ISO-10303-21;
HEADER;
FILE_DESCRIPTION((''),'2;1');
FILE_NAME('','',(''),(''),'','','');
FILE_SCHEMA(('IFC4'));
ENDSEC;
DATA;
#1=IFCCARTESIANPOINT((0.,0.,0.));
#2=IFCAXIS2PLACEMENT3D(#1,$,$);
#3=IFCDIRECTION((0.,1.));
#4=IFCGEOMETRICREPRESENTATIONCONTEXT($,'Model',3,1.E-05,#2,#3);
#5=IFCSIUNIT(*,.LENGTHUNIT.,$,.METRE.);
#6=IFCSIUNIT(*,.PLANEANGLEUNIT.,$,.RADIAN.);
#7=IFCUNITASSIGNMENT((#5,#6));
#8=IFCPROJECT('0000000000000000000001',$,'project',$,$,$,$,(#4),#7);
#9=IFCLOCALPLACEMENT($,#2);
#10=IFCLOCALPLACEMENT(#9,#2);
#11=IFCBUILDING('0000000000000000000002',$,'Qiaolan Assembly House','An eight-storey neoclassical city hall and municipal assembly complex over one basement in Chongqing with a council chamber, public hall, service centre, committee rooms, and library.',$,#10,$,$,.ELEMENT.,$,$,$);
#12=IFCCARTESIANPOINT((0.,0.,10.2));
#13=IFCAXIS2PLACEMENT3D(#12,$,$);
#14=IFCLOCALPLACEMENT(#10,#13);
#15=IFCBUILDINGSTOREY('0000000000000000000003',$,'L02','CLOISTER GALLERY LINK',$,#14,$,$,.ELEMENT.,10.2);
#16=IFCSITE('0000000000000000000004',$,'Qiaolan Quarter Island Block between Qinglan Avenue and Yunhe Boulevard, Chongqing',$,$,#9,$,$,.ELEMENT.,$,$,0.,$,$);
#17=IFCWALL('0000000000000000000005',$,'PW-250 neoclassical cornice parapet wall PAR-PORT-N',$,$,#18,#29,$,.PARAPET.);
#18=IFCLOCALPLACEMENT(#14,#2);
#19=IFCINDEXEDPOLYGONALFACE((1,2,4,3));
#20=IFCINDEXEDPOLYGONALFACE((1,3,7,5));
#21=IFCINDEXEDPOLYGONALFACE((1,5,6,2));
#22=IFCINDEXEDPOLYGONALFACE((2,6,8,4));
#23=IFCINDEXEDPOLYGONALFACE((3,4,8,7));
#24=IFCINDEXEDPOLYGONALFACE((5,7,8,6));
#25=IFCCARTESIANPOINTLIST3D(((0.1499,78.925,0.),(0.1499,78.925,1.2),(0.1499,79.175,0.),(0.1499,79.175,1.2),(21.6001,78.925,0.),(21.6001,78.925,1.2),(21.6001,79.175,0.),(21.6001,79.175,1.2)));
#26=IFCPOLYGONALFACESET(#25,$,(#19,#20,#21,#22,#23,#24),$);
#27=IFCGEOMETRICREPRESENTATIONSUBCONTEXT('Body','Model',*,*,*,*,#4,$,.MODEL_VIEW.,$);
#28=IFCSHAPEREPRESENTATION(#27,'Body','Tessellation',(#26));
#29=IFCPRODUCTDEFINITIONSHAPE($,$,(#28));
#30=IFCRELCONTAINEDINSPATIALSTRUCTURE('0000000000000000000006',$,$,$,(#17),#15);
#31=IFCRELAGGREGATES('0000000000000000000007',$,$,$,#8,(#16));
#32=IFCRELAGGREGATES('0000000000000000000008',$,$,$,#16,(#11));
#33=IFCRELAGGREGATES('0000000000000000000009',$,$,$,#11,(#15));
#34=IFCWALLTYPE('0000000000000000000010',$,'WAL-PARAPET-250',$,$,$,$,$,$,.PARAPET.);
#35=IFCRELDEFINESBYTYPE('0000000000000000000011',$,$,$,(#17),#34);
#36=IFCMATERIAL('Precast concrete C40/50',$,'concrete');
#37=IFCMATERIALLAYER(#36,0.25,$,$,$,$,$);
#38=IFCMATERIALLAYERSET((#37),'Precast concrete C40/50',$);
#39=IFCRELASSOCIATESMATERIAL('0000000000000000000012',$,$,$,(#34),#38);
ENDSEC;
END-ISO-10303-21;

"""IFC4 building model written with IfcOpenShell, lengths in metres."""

from ifc_helpers import new_model, si_unit, direction, frame, frame_2d, origin, place, context, subcontext, project, spatial, rectangle, extrude, material, layer, layer_set, type_object, element, save


model = new_model("IFC4")

# Units and contexts
model_context = context("Model", 3, precision=1e-05, world=origin(), true_north=direction((0.0, 1.0)))
body_context = subcontext(model_context, "Body", "Model", "MODEL_VIEW")
ifc_project = project(units=[si_unit("LENGTHUNIT", "METRE"), si_unit("PLANEANGLEUNIT", "RADIAN")], contexts=[model_context])

# Site, building, storey
site_placement = place(None, origin())
site = spatial("IfcSite", under=ifc_project, at=site_placement, Name="Qiaolan Quarter Island Block between Qinglan Avenue and Yunhe Boulevard, Chongqing", CompositionType="ELEMENT", RefElevation=0.0)
building_placement = place(site_placement, origin())
building = spatial("IfcBuilding", under=site, at=building_placement, Name="Qiaolan Assembly House", Description="An eight-storey neoclassical city hall and municipal assembly complex over one basement in Chongqing with a council chamber, public hall, service centre, committee rooms, and library.", CompositionType="ELEMENT")
storey_placement = place(building_placement, frame((0.0, 0.0, 10.2)))
storey = spatial("IfcBuildingStorey", under=building, at=storey_placement, Name="L02", Description="CLOISTER GALLERY LINK", CompositionType="ELEMENT", Elevation=10.2)

# Wall
ifc_material_1 = material(Name="Precast concrete C40/50", Category="concrete")
ifc_layer_1 = layer(ifc_material_1, 0.25)
ifc_layer_set_1 = layer_set([ifc_layer_1], Name="Precast concrete C40/50")
wall_type = type_object("IfcWallType", Name="WAL-PARAPET-250", PredefinedType="PARAPET", material=ifc_layer_set_1)
wall_placement = place(storey_placement, frame((0.1499, 79.05, 0.0), z_axis=(0.0, 0.0, 1.0), x_axis=(1.0, 0.0, 0.0)))
element("IfcWall", 1, at=wall_placement, inside=storey, type_object=wall_type, Name="PW-250 neoclassical cornice parapet wall PAR-PORT-N", PredefinedType="PARAPET", context=body_context, shape_type="SweptSolid", body=[
    extrude(rectangle(XDim=21.4502, YDim=0.25, at=frame_2d((10.7251, 0.0))), origin(), (0.0, 0.0, 1.0), 1.2),
])

save(model, "model.ifc")
